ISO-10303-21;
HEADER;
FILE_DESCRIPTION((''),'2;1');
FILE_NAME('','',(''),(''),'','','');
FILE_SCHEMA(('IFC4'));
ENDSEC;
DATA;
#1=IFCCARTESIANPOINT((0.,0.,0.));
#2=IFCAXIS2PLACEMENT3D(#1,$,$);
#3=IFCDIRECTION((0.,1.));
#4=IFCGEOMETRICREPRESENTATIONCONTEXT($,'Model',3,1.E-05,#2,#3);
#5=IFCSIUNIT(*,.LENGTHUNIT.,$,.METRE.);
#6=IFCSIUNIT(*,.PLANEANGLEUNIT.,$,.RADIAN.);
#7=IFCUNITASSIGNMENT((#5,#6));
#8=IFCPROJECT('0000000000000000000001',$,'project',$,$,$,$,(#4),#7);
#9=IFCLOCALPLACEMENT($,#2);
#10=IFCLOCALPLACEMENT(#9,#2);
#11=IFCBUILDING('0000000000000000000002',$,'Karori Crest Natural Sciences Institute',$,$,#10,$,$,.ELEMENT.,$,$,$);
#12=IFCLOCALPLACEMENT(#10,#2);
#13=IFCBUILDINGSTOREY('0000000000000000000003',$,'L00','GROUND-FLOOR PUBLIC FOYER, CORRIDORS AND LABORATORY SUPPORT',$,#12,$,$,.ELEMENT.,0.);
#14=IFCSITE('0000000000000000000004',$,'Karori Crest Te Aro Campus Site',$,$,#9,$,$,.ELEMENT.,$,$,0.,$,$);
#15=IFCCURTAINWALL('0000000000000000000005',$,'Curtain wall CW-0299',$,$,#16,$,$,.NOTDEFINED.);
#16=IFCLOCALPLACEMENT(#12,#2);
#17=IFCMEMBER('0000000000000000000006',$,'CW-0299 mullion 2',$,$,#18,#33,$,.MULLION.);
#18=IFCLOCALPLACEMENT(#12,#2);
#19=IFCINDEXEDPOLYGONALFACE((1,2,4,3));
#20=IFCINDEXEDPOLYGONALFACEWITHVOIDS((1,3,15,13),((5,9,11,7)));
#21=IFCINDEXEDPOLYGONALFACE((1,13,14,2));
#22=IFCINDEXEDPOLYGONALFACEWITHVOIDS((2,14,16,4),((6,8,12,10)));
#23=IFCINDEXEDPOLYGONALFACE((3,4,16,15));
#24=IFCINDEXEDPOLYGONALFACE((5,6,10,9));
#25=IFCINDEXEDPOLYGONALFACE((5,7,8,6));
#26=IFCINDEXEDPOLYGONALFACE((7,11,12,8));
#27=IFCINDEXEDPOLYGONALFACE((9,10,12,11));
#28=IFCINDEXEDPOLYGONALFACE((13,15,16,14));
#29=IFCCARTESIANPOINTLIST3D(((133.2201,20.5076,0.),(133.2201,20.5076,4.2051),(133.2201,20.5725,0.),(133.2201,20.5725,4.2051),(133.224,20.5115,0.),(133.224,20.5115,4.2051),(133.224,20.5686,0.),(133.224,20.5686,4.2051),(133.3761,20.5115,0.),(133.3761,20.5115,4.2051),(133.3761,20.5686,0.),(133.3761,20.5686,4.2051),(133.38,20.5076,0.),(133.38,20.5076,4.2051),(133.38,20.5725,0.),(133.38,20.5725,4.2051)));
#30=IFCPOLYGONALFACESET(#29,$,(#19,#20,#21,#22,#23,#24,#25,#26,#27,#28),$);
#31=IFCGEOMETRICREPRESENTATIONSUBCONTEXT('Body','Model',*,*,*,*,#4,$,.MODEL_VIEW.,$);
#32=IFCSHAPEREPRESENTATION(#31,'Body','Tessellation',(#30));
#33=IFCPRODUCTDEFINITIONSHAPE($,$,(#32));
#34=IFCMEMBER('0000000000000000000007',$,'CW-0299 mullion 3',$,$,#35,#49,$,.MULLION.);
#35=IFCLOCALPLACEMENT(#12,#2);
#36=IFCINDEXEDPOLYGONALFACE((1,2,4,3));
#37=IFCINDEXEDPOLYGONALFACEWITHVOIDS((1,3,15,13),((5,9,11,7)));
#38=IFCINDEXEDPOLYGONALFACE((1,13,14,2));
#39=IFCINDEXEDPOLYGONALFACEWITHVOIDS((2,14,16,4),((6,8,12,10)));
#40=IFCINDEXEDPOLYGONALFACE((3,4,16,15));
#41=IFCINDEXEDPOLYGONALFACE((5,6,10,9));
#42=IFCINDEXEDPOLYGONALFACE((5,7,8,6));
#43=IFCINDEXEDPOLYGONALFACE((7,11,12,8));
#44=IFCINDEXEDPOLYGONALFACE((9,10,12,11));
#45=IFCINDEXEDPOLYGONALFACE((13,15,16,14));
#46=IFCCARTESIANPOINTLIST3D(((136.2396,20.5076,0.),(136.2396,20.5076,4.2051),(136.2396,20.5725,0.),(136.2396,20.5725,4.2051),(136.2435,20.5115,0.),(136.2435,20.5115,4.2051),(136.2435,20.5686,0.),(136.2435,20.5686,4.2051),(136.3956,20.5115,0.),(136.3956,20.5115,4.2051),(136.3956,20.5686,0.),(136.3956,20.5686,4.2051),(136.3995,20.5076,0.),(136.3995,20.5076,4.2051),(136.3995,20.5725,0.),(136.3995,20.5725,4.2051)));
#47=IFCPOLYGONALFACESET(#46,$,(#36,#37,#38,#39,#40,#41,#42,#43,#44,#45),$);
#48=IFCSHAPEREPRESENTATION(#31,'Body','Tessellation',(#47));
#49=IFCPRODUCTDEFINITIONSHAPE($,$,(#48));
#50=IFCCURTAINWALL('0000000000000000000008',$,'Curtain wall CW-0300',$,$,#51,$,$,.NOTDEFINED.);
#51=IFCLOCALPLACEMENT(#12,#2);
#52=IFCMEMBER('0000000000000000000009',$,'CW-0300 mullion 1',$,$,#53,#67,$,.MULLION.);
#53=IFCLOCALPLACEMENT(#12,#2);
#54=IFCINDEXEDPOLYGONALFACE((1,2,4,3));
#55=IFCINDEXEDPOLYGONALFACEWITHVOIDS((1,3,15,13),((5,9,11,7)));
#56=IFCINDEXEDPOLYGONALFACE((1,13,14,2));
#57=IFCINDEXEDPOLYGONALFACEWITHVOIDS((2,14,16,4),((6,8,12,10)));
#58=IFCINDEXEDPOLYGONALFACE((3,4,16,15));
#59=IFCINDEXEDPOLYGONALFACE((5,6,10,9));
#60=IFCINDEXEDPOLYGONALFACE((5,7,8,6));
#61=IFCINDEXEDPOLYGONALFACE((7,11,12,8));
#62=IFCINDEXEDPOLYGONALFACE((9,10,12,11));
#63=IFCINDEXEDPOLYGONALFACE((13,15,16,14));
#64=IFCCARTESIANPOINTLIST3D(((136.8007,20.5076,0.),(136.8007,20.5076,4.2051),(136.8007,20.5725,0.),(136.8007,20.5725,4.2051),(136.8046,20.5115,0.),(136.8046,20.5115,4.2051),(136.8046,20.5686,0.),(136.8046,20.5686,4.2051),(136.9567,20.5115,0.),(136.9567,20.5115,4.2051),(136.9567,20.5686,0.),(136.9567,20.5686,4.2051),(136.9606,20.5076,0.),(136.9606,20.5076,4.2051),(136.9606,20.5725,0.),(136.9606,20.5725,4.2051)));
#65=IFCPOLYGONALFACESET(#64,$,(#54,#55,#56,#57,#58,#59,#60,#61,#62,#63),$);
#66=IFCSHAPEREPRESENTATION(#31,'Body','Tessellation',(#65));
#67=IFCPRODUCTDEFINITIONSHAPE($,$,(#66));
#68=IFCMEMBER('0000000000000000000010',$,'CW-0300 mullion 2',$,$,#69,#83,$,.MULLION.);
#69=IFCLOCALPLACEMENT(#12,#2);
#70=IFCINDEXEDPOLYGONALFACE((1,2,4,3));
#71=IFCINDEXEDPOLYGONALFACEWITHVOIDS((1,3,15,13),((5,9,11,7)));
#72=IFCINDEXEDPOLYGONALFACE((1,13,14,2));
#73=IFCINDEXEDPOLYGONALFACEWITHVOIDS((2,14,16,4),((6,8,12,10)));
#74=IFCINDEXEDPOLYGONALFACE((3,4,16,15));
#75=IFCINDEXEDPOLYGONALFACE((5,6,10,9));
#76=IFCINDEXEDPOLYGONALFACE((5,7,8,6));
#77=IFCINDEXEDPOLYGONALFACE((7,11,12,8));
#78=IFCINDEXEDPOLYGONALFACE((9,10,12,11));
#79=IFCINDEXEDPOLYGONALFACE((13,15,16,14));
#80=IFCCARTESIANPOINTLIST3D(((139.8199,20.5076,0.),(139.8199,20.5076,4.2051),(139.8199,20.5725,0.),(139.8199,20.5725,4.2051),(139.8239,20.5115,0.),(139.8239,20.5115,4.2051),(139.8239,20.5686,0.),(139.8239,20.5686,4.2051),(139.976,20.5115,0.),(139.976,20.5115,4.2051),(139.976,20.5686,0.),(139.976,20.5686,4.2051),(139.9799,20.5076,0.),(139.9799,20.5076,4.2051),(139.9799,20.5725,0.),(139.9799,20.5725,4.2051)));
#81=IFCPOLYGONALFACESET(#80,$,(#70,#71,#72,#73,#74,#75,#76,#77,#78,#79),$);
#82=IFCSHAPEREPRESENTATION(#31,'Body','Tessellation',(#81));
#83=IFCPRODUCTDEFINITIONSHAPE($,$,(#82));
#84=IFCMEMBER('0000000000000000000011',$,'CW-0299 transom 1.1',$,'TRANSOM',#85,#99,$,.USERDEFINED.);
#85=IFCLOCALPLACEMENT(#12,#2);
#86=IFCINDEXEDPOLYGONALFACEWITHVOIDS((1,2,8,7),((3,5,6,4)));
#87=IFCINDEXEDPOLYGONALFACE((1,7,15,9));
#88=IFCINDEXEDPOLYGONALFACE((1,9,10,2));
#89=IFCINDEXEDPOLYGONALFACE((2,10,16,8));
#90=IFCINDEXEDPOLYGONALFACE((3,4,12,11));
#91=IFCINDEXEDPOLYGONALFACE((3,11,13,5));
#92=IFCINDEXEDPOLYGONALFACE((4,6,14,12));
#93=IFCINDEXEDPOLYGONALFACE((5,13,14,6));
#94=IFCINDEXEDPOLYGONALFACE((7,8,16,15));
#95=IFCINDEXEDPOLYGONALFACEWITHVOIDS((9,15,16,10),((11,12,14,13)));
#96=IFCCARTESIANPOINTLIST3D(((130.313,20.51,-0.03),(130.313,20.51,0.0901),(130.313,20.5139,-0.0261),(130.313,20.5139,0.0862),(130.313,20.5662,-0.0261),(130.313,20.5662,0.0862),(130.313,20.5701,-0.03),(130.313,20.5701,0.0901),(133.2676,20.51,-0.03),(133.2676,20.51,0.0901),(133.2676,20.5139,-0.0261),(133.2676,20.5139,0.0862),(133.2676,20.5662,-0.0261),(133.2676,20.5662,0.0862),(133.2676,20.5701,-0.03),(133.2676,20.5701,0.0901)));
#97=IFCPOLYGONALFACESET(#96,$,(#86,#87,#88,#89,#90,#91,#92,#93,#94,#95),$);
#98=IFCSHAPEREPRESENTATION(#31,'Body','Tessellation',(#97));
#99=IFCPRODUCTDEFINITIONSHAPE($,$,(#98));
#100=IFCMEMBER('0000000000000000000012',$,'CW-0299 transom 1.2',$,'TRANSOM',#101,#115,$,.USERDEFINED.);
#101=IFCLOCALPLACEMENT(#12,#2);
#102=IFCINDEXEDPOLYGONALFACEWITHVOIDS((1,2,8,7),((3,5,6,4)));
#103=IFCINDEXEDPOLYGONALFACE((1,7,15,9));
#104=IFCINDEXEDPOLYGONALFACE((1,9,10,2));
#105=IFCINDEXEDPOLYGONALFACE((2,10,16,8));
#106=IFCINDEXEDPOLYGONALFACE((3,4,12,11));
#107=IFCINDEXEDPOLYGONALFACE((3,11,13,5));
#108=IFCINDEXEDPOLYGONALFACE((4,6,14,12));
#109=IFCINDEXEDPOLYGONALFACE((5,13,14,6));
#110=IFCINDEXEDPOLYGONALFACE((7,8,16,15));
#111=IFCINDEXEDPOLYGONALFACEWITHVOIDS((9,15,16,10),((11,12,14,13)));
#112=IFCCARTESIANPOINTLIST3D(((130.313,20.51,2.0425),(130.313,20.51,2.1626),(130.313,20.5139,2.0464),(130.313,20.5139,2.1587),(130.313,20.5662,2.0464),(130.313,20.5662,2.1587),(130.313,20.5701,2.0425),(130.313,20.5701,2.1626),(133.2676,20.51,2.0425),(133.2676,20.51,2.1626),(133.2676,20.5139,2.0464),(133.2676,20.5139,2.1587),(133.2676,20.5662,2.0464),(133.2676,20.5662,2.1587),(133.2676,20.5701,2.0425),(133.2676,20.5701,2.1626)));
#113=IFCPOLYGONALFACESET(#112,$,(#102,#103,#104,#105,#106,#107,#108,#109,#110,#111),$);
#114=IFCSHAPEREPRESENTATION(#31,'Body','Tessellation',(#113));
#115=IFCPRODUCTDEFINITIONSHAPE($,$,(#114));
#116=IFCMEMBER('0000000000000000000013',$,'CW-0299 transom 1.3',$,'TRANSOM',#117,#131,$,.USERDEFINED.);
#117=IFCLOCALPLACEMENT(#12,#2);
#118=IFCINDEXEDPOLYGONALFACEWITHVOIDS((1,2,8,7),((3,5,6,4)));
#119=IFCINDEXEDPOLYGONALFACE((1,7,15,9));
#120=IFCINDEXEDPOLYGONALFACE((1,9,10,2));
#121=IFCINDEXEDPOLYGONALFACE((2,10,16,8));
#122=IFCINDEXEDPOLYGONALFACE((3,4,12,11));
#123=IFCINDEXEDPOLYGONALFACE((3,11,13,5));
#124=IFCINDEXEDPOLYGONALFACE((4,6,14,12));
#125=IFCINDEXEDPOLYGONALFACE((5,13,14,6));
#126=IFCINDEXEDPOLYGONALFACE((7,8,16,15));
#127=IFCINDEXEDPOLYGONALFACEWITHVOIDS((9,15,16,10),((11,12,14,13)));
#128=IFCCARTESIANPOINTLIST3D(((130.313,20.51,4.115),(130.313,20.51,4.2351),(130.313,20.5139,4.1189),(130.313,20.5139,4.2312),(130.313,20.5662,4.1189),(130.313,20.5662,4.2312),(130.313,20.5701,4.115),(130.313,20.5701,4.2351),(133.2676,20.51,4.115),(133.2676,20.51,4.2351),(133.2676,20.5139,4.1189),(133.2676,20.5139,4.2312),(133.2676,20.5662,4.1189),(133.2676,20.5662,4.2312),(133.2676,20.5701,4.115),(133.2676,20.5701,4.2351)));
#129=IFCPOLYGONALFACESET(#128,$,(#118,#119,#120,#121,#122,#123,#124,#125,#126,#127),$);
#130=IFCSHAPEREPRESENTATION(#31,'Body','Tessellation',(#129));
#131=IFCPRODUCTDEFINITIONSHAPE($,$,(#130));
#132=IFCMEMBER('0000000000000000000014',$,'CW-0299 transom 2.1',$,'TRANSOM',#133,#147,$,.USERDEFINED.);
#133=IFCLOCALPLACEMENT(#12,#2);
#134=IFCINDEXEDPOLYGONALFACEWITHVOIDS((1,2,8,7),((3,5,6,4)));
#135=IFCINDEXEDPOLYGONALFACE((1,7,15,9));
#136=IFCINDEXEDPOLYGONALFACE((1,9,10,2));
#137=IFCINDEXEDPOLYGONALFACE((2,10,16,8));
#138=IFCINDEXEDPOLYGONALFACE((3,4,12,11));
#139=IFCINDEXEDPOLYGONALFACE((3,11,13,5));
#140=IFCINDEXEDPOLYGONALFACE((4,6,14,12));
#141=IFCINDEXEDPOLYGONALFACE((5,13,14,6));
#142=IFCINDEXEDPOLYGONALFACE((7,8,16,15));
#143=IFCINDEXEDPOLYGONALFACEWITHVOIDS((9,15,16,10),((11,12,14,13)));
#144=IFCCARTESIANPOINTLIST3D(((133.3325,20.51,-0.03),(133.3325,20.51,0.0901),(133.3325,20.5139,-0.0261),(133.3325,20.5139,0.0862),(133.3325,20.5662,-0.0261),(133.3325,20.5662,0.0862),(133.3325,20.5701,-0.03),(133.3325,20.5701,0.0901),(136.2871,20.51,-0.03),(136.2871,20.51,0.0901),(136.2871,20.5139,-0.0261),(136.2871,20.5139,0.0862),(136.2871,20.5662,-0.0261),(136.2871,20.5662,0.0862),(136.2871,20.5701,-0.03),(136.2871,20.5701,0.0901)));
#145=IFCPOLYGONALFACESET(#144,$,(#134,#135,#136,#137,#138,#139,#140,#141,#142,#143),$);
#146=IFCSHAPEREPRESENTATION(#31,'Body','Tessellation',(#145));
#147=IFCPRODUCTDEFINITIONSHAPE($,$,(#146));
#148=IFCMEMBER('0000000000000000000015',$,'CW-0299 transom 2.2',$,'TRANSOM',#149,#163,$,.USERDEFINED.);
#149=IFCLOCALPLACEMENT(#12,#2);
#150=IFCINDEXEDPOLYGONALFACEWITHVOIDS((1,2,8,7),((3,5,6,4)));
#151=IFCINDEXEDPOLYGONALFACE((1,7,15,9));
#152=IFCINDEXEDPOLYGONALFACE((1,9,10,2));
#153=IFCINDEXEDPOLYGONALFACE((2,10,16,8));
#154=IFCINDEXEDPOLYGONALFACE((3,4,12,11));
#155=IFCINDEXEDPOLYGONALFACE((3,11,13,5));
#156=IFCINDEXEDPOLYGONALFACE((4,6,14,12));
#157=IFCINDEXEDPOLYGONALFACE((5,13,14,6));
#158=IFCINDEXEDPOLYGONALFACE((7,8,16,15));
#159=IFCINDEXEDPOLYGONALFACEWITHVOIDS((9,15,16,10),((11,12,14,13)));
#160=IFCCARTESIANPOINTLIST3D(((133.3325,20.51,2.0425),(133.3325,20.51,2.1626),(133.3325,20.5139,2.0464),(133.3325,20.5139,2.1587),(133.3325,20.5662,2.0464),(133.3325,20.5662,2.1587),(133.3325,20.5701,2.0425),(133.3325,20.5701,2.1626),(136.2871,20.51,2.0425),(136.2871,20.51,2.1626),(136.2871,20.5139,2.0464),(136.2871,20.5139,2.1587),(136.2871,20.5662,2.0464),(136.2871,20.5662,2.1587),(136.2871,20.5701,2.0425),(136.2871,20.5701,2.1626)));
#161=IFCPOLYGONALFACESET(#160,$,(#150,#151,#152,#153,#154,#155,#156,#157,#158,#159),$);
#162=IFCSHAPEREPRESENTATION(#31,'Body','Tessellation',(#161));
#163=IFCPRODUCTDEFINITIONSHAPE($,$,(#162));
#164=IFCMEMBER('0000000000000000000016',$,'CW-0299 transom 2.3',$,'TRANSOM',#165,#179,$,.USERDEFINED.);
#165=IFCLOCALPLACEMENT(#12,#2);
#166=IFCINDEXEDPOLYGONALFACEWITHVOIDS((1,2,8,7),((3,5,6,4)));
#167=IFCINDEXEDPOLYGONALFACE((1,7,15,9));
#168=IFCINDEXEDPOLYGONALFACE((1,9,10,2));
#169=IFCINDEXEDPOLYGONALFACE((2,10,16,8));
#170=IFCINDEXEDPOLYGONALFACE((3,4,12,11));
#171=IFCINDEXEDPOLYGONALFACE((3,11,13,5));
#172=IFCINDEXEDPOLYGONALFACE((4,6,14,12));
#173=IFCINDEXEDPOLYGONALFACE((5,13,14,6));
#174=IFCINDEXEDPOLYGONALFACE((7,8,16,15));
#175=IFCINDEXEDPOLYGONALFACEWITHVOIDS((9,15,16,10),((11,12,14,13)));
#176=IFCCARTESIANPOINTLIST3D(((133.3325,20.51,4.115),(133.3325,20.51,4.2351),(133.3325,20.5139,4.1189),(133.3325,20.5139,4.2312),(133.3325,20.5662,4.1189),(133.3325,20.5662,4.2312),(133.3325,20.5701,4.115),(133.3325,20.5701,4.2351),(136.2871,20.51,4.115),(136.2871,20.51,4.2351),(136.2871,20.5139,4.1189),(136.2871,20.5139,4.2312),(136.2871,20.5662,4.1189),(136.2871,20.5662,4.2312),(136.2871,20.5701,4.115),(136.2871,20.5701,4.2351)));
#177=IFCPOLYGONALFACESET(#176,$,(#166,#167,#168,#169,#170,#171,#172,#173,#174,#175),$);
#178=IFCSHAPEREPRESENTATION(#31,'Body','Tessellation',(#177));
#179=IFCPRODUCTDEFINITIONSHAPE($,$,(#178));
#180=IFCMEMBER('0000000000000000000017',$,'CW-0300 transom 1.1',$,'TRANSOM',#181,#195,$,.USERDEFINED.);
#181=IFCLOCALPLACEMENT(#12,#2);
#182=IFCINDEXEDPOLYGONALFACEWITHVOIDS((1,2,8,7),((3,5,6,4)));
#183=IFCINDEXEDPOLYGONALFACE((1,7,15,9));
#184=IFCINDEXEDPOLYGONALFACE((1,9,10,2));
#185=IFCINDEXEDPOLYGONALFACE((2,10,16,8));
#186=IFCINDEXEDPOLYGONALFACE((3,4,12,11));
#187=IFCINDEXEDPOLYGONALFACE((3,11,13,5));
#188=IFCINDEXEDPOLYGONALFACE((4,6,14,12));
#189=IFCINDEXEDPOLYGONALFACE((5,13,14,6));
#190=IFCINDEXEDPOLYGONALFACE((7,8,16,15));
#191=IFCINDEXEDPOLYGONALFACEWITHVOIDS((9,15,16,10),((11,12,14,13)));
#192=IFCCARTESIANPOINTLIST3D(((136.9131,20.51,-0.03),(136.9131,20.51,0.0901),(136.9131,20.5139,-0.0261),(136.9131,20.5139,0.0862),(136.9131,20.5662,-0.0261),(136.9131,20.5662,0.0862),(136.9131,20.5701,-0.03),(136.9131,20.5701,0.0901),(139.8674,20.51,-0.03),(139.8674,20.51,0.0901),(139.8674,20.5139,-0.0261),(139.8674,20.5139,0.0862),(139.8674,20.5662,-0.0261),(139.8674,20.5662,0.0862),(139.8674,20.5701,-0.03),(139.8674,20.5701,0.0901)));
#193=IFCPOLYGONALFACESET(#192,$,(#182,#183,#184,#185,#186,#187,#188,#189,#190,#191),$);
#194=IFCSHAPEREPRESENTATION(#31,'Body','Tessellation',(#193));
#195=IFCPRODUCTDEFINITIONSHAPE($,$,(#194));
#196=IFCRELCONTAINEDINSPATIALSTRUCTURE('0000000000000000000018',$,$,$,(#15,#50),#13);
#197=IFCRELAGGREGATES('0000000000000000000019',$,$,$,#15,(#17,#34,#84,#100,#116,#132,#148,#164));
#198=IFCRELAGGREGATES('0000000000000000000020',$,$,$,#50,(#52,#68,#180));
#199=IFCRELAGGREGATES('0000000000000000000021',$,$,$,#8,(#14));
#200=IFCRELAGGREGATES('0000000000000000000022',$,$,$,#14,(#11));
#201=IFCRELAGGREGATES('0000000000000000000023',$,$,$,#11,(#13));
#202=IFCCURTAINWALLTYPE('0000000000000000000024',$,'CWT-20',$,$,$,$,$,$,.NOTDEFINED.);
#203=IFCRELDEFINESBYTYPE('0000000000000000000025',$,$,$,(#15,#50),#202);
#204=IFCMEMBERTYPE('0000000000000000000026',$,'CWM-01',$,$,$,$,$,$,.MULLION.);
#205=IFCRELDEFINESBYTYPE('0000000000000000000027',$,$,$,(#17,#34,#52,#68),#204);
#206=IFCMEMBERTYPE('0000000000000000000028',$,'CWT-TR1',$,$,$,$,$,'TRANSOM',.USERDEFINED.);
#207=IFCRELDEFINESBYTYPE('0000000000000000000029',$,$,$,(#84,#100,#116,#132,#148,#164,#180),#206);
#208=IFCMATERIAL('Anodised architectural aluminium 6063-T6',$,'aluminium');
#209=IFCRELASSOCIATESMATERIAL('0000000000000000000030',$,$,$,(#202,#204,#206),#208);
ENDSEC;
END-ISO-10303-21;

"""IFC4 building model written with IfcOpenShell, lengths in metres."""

from ifc_helpers import new_model, si_unit, direction, frame, origin, origin_2d, place, context, subcontext, project, spatial, hollow_rectangle, extrude, material, material_profile, profile_set, type_object, element, aggregate, save


model = new_model("IFC4")

# Units and contexts
model_context = context("Model", 3, precision=1e-05, world=origin(), true_north=direction((0.0, 1.0)))
body_context = subcontext(model_context, "Body", "Model", "MODEL_VIEW")
ifc_project = project(units=[si_unit("LENGTHUNIT", "METRE"), si_unit("PLANEANGLEUNIT", "RADIAN")], contexts=[model_context])

# Site, building, storey
site_placement = place(None, origin())
site = spatial("IfcSite", under=ifc_project, at=site_placement, Name="Karori Crest Te Aro Campus Site", CompositionType="ELEMENT", RefElevation=0.0)
building_placement = place(site_placement, origin())
building = spatial("IfcBuilding", under=site, at=building_placement, Name="Karori Crest Natural Sciences Institute", CompositionType="ELEMENT")
storey_placement = place(building_placement, origin())
storey = spatial("IfcBuildingStorey", under=building, at=storey_placement, Name="L00", Description="GROUND-FLOOR PUBLIC FOYER, CORRIDORS AND LABORATORY SUPPORT", CompositionType="ELEMENT", Elevation=0.0)

# Shared definitions
ifc_material_1 = material(Name="Anodised architectural aluminium 6063-T6", Category="aluminium")
curtain_wall_type = type_object("IfcCurtainWallType", Name="CWT-20", PredefinedType="NOTDEFINED", material=ifc_material_1)
ifc_material_profile_1 = material_profile(ifc_material_1, hollow_rectangle(XDim=0.0649, YDim=0.1599, WallThickness=0.0039, at=origin_2d()), Name="CWM160x65x4")
ifc_profile_set_1 = profile_set([ifc_material_profile_1], Name="Anodised architectural aluminium 6063-T6")
member_type_1 = type_object("IfcMemberType", Name="CWM-01", PredefinedType="MULLION", material=ifc_profile_set_1)

# Curtain walls, members
curtain_wall_1_placement = place(storey_placement, origin())
curtain_wall_1 = element("IfcCurtainWall", 1, at=curtain_wall_1_placement, inside=storey, type_object=curtain_wall_type, Name="Curtain wall CW-0299", PredefinedType="NOTDEFINED")
member_1_placement = place(storey_placement, frame((133.3, 20.54, 0.0), z_axis=(0.0, 0.0, 1.0), x_axis=(0.0, 1.0, 0.0)))
member_1 = element("IfcMember", 2, at=member_1_placement, type_object=member_type_1, Name="CW-0299 mullion 2", PredefinedType="MULLION", context=body_context, shape_type="SweptSolid", body=[
    extrude(hollow_rectangle(XDim=0.0649, YDim=0.1599, WallThickness=0.0039, at=origin_2d()), origin(), (0.0, 0.0, 1.0), 4.2051),
])
member_2_placement = place(storey_placement, frame((136.3196, 20.54, 0.0), z_axis=(0.0, 0.0, 1.0), x_axis=(0.0, 1.0, 0.0)))
member_2 = element("IfcMember", 3, at=member_2_placement, type_object=member_type_1, Name="CW-0299 mullion 3", PredefinedType="MULLION", context=body_context, shape_type="SweptSolid", body=[
    extrude(hollow_rectangle(XDim=0.0649, YDim=0.1599, WallThickness=0.0039, at=origin_2d()), origin(), (0.0, 0.0, 1.0), 4.2051),
])
curtain_wall_2_placement = place(storey_placement, origin())
curtain_wall_2 = element("IfcCurtainWall", 4, at=curtain_wall_2_placement, inside=storey, type_object=curtain_wall_type, Name="Curtain wall CW-0300", PredefinedType="NOTDEFINED")
member_3_placement = place(storey_placement, frame((136.8806, 20.54, 0.0), z_axis=(0.0, 0.0, 1.0), x_axis=(0.0, 1.0, 0.0)))
member_3 = element("IfcMember", 5, at=member_3_placement, type_object=member_type_1, Name="CW-0300 mullion 1", PredefinedType="MULLION", context=body_context, shape_type="SweptSolid", body=[
    extrude(hollow_rectangle(XDim=0.0649, YDim=0.1599, WallThickness=0.0039, at=origin_2d()), origin(), (0.0, 0.0, 1.0), 4.2051),
])
member_4_placement = place(storey_placement, frame((139.8999, 20.54, 0.0), z_axis=(0.0, 0.0, 1.0), x_axis=(0.0, 1.0, 0.0)))
member_4 = element("IfcMember", 6, at=member_4_placement, type_object=member_type_1, Name="CW-0300 mullion 2", PredefinedType="MULLION", context=body_context, shape_type="SweptSolid", body=[
    extrude(hollow_rectangle(XDim=0.0649, YDim=0.1599, WallThickness=0.0039, at=origin_2d()), origin(), (0.0, 0.0, 1.0), 4.2051),
])

# Members
ifc_material_profile_2 = material_profile(ifc_material_1, hollow_rectangle(XDim=0.0601, YDim=0.1201, WallThickness=0.0039, at=origin_2d()), Name="CWT120x60x4")
ifc_profile_set_2 = profile_set([ifc_material_profile_2], Name="Anodised architectural aluminium 6063-T6")
member_type_2 = type_object("IfcMemberType", Name="CWT-TR1", ElementType="TRANSOM", PredefinedType="USERDEFINED", material=ifc_profile_set_2)
member_5_placement = place(storey_placement, frame((130.313, 20.54, 0.03), z_axis=(1.0, 0.0, 0.0), x_axis=(0.0, 1.0, 0.0)))
member_5 = element("IfcMember", 7, at=member_5_placement, type_object=member_type_2, Name="CW-0299 transom 1.1", ObjectType="TRANSOM", PredefinedType="USERDEFINED", context=body_context, shape_type="SweptSolid", body=[
    extrude(hollow_rectangle(XDim=0.0601, YDim=0.1201, WallThickness=0.0039, at=origin_2d()), origin(), (0.0, 0.0, 1.0), 2.9546),
])
member_6_placement = place(storey_placement, frame((130.313, 20.54, 2.1025), z_axis=(1.0, 0.0, 0.0), x_axis=(0.0, 1.0, 0.0)))
member_6 = element("IfcMember", 8, at=member_6_placement, type_object=member_type_2, Name="CW-0299 transom 1.2", ObjectType="TRANSOM", PredefinedType="USERDEFINED", context=body_context, shape_type="SweptSolid", body=[
    extrude(hollow_rectangle(XDim=0.0601, YDim=0.1201, WallThickness=0.0039, at=origin_2d()), origin(), (0.0, 0.0, 1.0), 2.9546),
])
member_7_placement = place(storey_placement, frame((130.313, 20.54, 4.175), z_axis=(1.0, 0.0, 0.0), x_axis=(0.0, 1.0, 0.0)))
member_7 = element("IfcMember", 9, at=member_7_placement, type_object=member_type_2, Name="CW-0299 transom 1.3", ObjectType="TRANSOM", PredefinedType="USERDEFINED", context=body_context, shape_type="SweptSolid", body=[
    extrude(hollow_rectangle(XDim=0.0601, YDim=0.1201, WallThickness=0.0039, at=origin_2d()), origin(), (0.0, 0.0, 1.0), 2.9546),
])
member_8_placement = place(storey_placement, frame((133.3325, 20.54, 0.03), z_axis=(1.0, 0.0, 0.0), x_axis=(0.0, 1.0, 0.0)))
member_8 = element("IfcMember", 10, at=member_8_placement, type_object=member_type_2, Name="CW-0299 transom 2.1", ObjectType="TRANSOM", PredefinedType="USERDEFINED", context=body_context, shape_type="SweptSolid", body=[
    extrude(hollow_rectangle(XDim=0.0601, YDim=0.1201, WallThickness=0.0039, at=origin_2d()), origin(), (0.0, 0.0, 1.0), 2.9546),
])
member_9_placement = place(storey_placement, frame((133.3325, 20.54, 2.1025), z_axis=(1.0, 0.0, 0.0), x_axis=(0.0, 1.0, 0.0)))
member_9 = element("IfcMember", 11, at=member_9_placement, type_object=member_type_2, Name="CW-0299 transom 2.2", ObjectType="TRANSOM", PredefinedType="USERDEFINED", context=body_context, shape_type="SweptSolid", body=[
    extrude(hollow_rectangle(XDim=0.0601, YDim=0.1201, WallThickness=0.0039, at=origin_2d()), origin(), (0.0, 0.0, 1.0), 2.9546),
])
member_10_placement = place(storey_placement, frame((133.3325, 20.54, 4.175), z_axis=(1.0, 0.0, 0.0), x_axis=(0.0, 1.0, 0.0)))
member_10 = element("IfcMember", 12, at=member_10_placement, type_object=member_type_2, Name="CW-0299 transom 2.3", ObjectType="TRANSOM", PredefinedType="USERDEFINED", context=body_context, shape_type="SweptSolid", body=[
    extrude(hollow_rectangle(XDim=0.0601, YDim=0.1201, WallThickness=0.0039, at=origin_2d()), origin(), (0.0, 0.0, 1.0), 2.9546),
])
member_11_placement = place(storey_placement, frame((136.9131, 20.54, 0.03), z_axis=(1.0, 0.0, 0.0), x_axis=(0.0, 1.0, 0.0)))
member_11 = element("IfcMember", 13, at=member_11_placement, type_object=member_type_2, Name="CW-0300 transom 1.1", ObjectType="TRANSOM", PredefinedType="USERDEFINED", context=body_context, shape_type="SweptSolid", body=[
    extrude(hollow_rectangle(XDim=0.0601, YDim=0.1201, WallThickness=0.0039, at=origin_2d()), origin(), (0.0, 0.0, 1.0), 2.9543),
])

aggregate(curtain_wall_1, [member_1, member_2, member_5, member_6, member_7, member_8, member_9, member_10])
aggregate(curtain_wall_2, [member_3, member_4, member_11])

save(model, "model.ifc")
